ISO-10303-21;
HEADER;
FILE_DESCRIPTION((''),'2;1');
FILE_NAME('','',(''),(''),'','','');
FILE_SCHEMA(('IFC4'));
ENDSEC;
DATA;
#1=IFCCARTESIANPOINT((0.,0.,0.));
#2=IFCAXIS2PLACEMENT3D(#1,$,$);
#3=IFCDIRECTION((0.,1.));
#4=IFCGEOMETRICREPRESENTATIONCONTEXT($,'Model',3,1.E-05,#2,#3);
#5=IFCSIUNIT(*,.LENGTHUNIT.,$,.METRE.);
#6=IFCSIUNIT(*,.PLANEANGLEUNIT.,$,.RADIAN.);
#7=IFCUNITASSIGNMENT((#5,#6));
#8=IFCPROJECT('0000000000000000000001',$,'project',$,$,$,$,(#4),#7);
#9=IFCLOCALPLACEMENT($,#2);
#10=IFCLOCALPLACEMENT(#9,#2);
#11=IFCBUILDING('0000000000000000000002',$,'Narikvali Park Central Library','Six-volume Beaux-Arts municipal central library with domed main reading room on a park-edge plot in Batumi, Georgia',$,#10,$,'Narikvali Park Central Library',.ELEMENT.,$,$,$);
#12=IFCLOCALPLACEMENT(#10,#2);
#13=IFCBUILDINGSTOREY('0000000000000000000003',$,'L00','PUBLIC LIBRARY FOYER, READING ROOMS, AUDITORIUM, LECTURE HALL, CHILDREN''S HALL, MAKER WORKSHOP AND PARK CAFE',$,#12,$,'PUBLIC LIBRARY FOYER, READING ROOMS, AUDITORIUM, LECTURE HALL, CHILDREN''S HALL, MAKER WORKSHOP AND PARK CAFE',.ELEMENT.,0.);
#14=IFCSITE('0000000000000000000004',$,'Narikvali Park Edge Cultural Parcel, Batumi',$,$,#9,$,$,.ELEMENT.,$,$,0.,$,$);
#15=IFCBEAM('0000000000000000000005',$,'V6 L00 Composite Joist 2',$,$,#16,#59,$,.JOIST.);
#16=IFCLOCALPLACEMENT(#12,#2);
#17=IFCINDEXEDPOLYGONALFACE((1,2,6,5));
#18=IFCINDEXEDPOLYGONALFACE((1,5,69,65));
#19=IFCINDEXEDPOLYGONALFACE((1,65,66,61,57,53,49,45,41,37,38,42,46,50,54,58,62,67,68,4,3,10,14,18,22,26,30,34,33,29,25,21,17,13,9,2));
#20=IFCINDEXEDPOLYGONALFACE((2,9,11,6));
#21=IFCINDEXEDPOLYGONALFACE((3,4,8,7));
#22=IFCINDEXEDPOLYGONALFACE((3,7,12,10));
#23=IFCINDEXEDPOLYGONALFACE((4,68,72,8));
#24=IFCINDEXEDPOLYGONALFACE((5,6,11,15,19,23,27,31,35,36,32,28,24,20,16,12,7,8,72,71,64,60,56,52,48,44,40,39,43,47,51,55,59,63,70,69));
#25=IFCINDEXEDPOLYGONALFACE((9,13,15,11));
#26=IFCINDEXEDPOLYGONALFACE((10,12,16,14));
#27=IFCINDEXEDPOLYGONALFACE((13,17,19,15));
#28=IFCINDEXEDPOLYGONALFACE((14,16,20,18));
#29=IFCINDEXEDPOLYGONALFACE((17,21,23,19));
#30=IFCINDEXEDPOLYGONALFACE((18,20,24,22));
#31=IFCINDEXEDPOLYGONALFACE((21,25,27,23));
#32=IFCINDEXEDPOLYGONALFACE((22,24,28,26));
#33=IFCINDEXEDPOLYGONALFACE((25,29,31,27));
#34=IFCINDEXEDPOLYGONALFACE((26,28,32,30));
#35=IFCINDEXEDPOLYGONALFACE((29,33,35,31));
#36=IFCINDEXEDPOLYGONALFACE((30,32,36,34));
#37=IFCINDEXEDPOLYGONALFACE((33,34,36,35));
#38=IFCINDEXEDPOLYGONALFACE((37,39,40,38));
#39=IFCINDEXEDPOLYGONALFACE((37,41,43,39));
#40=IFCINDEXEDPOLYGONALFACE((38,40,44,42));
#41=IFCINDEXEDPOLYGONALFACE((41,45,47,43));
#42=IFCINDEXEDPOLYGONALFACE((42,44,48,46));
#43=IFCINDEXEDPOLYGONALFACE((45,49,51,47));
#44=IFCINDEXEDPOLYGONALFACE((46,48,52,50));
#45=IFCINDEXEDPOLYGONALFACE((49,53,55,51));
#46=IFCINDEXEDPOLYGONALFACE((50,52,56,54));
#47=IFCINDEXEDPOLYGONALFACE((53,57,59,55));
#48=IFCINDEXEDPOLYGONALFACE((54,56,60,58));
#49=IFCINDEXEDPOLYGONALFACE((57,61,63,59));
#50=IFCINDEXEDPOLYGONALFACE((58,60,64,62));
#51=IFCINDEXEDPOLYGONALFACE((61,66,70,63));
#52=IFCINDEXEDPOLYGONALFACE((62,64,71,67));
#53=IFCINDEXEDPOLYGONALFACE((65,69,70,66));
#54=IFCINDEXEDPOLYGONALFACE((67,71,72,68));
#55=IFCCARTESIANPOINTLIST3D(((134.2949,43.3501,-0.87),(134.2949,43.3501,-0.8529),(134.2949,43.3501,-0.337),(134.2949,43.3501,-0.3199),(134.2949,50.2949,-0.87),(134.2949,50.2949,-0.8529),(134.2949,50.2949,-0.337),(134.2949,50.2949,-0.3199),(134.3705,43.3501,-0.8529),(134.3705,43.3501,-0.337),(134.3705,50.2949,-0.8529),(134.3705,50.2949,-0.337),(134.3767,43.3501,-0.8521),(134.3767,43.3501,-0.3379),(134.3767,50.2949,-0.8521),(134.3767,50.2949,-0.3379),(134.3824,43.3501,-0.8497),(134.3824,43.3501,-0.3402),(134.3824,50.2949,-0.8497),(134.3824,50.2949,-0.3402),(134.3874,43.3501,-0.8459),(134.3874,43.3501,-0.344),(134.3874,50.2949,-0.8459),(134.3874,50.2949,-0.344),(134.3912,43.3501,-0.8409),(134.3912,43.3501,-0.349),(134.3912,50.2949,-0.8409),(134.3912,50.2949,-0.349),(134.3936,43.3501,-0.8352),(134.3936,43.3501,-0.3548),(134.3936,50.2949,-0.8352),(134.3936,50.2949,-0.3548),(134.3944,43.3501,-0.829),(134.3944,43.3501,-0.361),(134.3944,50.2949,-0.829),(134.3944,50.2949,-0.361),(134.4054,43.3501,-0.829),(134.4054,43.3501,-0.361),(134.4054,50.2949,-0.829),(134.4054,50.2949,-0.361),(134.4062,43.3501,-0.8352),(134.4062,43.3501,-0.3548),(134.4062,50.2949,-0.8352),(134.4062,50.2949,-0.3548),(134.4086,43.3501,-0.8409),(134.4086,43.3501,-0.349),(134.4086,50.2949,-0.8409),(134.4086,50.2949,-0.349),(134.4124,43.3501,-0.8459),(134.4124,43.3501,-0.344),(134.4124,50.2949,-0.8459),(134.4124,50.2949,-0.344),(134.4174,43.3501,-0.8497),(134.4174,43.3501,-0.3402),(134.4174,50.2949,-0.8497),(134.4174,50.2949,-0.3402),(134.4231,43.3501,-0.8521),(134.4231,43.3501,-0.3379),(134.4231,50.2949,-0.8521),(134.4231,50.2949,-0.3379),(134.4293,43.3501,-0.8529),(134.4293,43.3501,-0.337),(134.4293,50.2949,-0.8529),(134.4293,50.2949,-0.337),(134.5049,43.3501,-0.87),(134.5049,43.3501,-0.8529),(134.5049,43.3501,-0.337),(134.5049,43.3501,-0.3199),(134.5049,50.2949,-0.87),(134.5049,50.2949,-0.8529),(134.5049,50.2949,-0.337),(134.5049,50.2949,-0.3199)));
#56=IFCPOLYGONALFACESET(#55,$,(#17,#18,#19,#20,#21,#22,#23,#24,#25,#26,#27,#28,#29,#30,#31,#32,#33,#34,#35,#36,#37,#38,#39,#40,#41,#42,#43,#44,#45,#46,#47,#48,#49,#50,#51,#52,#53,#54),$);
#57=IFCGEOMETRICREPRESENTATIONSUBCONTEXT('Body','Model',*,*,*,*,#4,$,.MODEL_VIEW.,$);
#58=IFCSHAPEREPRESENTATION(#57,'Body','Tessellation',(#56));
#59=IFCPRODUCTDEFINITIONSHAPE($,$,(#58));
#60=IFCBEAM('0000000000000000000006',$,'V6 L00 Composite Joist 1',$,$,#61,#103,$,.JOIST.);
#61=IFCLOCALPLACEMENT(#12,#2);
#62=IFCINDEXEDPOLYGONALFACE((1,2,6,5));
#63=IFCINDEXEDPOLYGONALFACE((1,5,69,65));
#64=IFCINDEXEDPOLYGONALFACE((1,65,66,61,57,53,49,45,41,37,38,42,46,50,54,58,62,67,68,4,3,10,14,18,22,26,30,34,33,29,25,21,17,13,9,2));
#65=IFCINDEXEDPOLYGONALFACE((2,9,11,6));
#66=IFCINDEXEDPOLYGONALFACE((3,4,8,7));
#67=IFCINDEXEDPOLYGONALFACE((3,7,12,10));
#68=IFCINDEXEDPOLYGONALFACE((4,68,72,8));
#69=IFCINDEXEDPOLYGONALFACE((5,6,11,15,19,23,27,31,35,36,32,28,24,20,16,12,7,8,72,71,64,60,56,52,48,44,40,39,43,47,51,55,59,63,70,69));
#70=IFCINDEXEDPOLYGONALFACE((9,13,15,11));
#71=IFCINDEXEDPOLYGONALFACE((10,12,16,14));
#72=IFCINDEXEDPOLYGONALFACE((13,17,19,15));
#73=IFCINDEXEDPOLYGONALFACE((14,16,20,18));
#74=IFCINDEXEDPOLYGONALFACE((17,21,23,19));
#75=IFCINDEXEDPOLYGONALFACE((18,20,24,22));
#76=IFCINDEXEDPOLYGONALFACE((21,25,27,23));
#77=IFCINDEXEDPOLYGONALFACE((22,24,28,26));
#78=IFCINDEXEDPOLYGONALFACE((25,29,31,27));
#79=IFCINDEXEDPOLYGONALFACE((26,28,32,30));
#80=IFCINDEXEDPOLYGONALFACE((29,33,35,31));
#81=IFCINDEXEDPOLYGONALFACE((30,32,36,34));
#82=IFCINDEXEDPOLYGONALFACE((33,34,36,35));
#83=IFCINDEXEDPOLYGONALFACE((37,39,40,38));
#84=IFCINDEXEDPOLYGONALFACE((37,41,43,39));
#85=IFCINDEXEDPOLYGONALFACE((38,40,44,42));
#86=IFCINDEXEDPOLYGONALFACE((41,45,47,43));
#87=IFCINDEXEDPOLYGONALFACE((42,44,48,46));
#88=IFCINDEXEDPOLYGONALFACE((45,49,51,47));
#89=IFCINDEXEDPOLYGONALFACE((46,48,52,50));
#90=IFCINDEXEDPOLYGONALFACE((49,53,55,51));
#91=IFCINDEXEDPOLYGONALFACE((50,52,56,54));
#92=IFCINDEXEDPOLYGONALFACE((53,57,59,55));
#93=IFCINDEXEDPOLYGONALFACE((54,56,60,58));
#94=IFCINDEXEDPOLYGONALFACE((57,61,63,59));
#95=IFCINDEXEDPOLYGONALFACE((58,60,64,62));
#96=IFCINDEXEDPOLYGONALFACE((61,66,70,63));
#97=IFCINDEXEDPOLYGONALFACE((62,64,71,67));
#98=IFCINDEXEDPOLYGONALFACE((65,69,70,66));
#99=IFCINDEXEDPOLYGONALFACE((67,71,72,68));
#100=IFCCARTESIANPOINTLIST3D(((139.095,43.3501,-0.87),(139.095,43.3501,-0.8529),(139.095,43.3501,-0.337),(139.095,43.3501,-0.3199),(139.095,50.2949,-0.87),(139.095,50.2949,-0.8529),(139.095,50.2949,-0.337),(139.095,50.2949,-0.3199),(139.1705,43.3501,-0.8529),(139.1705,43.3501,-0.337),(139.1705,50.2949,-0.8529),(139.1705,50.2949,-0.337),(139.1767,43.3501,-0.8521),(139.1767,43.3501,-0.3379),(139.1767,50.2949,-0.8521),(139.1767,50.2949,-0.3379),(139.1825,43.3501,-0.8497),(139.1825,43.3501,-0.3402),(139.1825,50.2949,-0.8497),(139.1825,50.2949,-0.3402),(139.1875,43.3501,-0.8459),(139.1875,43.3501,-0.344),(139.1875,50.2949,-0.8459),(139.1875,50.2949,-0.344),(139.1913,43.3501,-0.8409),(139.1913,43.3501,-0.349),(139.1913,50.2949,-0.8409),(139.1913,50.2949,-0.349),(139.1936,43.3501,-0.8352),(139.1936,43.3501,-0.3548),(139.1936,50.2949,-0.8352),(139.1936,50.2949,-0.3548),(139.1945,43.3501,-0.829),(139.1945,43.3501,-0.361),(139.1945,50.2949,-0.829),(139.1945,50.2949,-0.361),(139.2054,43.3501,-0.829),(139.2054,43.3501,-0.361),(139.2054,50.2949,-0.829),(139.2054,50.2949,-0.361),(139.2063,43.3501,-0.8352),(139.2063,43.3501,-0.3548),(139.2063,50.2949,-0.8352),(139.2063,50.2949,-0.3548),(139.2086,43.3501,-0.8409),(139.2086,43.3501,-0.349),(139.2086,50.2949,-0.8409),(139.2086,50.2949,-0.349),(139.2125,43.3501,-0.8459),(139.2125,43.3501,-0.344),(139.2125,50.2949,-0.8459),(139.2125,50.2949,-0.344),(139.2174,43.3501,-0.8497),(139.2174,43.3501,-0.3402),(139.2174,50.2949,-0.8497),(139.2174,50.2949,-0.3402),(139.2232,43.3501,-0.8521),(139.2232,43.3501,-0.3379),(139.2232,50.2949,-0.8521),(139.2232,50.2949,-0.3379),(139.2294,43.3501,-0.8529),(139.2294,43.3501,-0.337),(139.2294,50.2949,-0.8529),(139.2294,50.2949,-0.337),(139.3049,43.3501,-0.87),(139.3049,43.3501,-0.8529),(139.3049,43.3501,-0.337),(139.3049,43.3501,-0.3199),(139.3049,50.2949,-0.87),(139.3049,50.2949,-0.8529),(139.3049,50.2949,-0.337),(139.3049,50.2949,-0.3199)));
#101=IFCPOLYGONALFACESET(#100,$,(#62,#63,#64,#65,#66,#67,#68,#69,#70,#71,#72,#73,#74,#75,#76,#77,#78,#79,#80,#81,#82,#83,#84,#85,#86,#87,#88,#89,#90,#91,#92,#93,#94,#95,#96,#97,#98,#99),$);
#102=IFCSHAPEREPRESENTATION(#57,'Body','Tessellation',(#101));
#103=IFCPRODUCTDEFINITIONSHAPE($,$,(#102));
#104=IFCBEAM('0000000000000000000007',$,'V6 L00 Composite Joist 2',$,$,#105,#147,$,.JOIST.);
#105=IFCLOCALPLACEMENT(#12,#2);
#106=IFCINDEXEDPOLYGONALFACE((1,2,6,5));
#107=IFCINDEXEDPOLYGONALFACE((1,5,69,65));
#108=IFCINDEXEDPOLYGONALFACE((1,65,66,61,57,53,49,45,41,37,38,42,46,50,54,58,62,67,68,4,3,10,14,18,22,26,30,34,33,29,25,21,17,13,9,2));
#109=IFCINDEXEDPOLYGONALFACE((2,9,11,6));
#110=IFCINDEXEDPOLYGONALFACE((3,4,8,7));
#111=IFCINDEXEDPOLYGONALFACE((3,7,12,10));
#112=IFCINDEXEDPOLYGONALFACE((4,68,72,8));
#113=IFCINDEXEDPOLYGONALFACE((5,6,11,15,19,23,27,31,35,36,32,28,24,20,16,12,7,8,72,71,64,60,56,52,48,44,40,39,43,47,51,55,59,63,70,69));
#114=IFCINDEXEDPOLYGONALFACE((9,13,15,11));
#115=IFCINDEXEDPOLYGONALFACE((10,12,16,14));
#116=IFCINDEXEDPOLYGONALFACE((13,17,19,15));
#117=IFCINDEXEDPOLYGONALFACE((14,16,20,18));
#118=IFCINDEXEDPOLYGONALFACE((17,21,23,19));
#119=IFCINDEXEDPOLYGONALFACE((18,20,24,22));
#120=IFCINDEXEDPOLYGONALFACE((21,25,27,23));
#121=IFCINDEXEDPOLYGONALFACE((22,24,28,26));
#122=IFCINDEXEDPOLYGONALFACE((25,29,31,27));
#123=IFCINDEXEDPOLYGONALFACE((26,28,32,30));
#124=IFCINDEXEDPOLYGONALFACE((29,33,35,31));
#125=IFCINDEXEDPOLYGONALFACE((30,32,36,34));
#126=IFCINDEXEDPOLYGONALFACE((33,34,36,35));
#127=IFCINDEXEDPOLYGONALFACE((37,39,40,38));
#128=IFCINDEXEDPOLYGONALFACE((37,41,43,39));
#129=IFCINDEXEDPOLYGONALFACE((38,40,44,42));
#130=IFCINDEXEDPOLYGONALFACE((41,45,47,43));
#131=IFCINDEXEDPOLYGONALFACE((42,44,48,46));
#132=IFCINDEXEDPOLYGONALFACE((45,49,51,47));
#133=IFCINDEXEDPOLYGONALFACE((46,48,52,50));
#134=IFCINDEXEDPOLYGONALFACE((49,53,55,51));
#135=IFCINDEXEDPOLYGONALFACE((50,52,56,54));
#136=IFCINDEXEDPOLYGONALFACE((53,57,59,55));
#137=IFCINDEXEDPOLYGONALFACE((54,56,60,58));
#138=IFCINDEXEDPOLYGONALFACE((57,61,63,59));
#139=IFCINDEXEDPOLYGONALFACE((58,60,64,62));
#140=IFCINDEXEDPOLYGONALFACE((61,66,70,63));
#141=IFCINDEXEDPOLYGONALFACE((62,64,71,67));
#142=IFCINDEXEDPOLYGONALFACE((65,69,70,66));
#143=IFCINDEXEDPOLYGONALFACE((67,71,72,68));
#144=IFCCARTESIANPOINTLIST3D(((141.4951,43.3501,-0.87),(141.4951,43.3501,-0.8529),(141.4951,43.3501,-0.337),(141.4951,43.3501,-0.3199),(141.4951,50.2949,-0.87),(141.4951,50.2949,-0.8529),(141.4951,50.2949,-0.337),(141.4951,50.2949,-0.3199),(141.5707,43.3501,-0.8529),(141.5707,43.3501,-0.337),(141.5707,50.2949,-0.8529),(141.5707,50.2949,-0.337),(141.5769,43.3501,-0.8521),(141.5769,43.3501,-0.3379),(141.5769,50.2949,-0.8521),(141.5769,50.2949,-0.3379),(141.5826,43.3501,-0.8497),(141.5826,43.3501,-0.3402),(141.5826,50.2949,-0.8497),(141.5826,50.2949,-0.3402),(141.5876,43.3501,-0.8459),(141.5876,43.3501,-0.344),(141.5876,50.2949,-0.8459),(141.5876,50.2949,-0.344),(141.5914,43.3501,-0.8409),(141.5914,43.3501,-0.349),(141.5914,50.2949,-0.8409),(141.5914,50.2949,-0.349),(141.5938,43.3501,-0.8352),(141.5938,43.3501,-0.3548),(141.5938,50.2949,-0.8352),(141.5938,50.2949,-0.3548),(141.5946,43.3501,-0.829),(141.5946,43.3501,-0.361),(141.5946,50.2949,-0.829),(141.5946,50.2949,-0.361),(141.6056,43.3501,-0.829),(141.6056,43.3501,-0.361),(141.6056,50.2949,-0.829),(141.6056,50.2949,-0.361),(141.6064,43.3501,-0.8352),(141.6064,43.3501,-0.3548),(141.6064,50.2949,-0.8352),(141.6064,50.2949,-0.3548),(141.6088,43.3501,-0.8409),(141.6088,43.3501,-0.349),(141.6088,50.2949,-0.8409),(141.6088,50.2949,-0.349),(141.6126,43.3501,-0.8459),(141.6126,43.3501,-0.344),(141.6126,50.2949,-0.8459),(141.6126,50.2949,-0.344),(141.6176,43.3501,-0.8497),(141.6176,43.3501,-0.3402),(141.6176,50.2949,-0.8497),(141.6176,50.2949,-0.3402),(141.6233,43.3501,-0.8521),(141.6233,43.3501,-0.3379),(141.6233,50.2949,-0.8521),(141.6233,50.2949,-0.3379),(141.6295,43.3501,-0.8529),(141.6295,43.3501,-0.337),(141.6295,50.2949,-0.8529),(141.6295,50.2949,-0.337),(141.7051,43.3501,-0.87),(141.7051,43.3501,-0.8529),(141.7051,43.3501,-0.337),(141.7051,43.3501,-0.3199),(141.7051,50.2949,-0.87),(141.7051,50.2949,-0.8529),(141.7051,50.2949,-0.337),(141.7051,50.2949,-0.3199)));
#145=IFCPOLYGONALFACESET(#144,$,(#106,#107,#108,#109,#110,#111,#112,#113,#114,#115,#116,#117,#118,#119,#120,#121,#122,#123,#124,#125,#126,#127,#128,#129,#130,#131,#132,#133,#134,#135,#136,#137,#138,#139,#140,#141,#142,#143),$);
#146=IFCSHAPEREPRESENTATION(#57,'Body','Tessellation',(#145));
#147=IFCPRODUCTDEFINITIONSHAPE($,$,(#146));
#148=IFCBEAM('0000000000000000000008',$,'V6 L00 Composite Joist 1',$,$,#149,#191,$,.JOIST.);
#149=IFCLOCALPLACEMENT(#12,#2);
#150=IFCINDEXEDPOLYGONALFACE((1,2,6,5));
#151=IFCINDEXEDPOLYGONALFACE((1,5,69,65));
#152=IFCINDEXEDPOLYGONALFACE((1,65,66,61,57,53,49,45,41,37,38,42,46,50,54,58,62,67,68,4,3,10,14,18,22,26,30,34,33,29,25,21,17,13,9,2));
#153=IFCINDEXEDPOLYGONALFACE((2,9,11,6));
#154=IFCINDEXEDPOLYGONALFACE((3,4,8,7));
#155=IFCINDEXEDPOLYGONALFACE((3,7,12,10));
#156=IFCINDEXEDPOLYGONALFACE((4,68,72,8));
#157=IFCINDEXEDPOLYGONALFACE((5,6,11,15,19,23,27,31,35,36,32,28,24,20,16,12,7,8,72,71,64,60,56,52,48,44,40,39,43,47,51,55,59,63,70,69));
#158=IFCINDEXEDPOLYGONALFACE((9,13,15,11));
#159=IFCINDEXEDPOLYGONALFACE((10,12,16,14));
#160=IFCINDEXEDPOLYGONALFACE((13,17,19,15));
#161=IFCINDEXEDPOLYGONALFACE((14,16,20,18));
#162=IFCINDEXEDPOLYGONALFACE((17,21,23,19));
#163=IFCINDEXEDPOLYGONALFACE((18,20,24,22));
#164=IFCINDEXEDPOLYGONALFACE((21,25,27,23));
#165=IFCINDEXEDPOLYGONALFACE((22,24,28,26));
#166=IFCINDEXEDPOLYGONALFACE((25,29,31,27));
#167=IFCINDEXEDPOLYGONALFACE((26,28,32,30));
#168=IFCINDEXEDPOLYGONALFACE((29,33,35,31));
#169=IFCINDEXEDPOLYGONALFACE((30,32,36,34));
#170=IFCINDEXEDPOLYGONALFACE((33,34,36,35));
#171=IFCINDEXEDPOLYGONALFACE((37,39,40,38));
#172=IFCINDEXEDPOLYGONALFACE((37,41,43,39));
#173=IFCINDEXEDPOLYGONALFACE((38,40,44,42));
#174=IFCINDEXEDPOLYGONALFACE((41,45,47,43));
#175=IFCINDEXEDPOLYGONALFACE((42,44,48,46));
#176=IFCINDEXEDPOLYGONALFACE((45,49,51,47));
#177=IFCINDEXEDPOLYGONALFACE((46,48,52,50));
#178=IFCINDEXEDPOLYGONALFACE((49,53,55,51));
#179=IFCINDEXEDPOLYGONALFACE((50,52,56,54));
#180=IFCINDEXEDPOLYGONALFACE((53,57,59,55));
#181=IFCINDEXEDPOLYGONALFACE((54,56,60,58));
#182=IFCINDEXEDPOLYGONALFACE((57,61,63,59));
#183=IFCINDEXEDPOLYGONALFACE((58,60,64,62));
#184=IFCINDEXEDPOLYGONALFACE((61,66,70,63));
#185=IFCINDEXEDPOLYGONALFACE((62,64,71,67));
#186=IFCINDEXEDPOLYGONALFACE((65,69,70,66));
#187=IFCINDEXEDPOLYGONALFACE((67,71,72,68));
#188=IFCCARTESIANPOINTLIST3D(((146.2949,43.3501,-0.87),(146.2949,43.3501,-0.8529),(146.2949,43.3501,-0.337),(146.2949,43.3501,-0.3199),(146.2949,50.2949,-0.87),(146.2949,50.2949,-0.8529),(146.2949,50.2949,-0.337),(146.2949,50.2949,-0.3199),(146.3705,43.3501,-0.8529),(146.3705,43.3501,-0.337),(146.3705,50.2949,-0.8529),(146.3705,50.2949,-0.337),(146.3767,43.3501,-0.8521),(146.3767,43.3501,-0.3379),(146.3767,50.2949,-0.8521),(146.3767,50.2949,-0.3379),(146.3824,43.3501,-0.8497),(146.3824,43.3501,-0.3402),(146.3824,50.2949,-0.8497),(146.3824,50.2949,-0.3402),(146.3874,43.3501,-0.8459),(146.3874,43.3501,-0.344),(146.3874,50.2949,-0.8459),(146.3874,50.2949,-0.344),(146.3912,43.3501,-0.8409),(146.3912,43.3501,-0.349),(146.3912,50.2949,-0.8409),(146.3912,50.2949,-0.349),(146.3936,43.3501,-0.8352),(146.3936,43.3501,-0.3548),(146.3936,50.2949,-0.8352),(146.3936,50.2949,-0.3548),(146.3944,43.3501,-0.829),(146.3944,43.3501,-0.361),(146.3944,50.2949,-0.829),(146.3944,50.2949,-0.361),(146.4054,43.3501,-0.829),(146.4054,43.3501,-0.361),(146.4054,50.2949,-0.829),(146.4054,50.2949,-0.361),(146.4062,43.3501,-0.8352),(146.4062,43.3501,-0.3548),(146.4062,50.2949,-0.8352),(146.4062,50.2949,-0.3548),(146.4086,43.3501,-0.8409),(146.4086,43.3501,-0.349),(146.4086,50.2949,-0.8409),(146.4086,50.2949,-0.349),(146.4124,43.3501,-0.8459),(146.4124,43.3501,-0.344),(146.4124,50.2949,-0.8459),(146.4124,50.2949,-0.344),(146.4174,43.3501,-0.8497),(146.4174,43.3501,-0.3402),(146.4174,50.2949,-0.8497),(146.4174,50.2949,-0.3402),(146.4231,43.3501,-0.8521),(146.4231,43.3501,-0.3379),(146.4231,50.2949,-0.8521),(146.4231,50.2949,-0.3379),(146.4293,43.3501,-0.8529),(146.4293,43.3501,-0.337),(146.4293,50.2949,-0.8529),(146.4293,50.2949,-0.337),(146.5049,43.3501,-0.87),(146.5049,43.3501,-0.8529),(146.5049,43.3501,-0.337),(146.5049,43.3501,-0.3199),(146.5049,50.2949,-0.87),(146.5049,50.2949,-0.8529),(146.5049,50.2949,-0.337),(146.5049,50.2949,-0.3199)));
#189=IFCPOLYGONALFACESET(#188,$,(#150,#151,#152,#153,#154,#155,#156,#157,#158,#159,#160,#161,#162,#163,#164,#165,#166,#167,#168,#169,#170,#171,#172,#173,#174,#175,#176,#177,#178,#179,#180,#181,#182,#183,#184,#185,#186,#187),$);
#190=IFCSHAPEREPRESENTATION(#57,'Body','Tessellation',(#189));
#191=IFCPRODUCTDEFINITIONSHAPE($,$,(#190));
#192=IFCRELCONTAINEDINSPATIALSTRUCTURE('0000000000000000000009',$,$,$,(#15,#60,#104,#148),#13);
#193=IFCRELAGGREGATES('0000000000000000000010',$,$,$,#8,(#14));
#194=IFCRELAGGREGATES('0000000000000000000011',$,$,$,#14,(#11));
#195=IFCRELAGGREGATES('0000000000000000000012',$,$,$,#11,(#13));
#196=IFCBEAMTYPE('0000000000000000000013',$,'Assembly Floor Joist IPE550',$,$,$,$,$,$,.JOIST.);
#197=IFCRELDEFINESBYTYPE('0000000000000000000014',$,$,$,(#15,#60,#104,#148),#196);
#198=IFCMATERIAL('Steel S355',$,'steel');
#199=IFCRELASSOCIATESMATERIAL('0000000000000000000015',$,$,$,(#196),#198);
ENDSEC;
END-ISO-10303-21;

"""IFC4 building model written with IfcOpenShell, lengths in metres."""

from ifc_helpers import new_model, si_unit, direction, frame, origin, origin_2d, place, context, subcontext, project, spatial, i_section, extrude, material, material_profile, profile_set, type_object, element, save


model = new_model("IFC4")

# Units and contexts
model_context = context("Model", 3, precision=1e-05, world=origin(), true_north=direction((0.0, 1.0)))
body_context = subcontext(model_context, "Body", "Model", "MODEL_VIEW")
ifc_project = project(units=[si_unit("LENGTHUNIT", "METRE"), si_unit("PLANEANGLEUNIT", "RADIAN")], contexts=[model_context])

# Site, building, storey
site_placement = place(None, origin())
site = spatial("IfcSite", under=ifc_project, at=site_placement, Name="Narikvali Park Edge Cultural Parcel, Batumi", CompositionType="ELEMENT", RefElevation=0.0)
building_placement = place(site_placement, origin())
building = spatial("IfcBuilding", under=site, at=building_placement, Name="Narikvali Park Central Library", Description="Six-volume Beaux-Arts municipal central library with domed main reading room on a park-edge plot in Batumi, Georgia", LongName="Narikvali Park Central Library", CompositionType="ELEMENT")
storey_placement = place(building_placement, origin())
storey = spatial("IfcBuildingStorey", under=building, at=storey_placement, Name="L00", Description="PUBLIC LIBRARY FOYER, READING ROOMS, AUDITORIUM, LECTURE HALL, CHILDREN'S HALL, MAKER WORKSHOP AND PARK CAFE", LongName="PUBLIC LIBRARY FOYER, READING ROOMS, AUDITORIUM, LECTURE HALL, CHILDREN'S HALL, MAKER WORKSHOP AND PARK CAFE", CompositionType="ELEMENT", Elevation=0.0)

# Shared definitions
ifc_material_1 = material(Name="Steel S355", Category="steel")

# Beams
ifc_material_profile_1 = material_profile(ifc_material_1, i_section(OverallWidth=0.21, OverallDepth=0.55, WebThickness=0.011, FlangeThickness=0.0171, FilletRadius=0.0239, at=origin_2d()), Name="IPE 550")
ifc_profile_set_1 = profile_set([ifc_material_profile_1], Name="Steel S355")
beam_type_1 = type_object("IfcBeamType", Name="Assembly Floor Joist IPE550", PredefinedType="JOIST", material=ifc_profile_set_1)
for number, where, z_axis, x_axis, name in (
    (1, (134.3999, 43.3501, -0.595), (0.0, 1.0, 0.0), (-1.0, 0.0, 0.0), "V6 L00 Composite Joist 2"),
    (2, (139.2, 43.3501, -0.595), (0.0, 1.0, 0.0), (-1.0, 0.0, 0.0), "V6 L00 Composite Joist 1"),
    (3, (141.6001, 43.3501, -0.595), (0.0, 1.0, 0.0), (-1.0, 0.0, 0.0), "V6 L00 Composite Joist 2"),
    (4, (146.3999, 43.3501, -0.595), (0.0, 1.0, 0.0), (-1.0, 0.0, 0.0), "V6 L00 Composite Joist 1"),
):
    element("IfcBeam", number, at=place(storey_placement, frame(where, z_axis=z_axis, x_axis=x_axis)), inside=storey, type_object=beam_type_1, Name=name, PredefinedType="JOIST", context=body_context, shape_type="SweptSolid", body=[
        extrude(i_section(OverallWidth=0.21, OverallDepth=0.55, WebThickness=0.011, FlangeThickness=0.0171, FilletRadius=0.0239, at=origin_2d()), origin(), (0.0, 0.0, 1.0), 6.9448),
    ])

save(model, "model.ifc")
